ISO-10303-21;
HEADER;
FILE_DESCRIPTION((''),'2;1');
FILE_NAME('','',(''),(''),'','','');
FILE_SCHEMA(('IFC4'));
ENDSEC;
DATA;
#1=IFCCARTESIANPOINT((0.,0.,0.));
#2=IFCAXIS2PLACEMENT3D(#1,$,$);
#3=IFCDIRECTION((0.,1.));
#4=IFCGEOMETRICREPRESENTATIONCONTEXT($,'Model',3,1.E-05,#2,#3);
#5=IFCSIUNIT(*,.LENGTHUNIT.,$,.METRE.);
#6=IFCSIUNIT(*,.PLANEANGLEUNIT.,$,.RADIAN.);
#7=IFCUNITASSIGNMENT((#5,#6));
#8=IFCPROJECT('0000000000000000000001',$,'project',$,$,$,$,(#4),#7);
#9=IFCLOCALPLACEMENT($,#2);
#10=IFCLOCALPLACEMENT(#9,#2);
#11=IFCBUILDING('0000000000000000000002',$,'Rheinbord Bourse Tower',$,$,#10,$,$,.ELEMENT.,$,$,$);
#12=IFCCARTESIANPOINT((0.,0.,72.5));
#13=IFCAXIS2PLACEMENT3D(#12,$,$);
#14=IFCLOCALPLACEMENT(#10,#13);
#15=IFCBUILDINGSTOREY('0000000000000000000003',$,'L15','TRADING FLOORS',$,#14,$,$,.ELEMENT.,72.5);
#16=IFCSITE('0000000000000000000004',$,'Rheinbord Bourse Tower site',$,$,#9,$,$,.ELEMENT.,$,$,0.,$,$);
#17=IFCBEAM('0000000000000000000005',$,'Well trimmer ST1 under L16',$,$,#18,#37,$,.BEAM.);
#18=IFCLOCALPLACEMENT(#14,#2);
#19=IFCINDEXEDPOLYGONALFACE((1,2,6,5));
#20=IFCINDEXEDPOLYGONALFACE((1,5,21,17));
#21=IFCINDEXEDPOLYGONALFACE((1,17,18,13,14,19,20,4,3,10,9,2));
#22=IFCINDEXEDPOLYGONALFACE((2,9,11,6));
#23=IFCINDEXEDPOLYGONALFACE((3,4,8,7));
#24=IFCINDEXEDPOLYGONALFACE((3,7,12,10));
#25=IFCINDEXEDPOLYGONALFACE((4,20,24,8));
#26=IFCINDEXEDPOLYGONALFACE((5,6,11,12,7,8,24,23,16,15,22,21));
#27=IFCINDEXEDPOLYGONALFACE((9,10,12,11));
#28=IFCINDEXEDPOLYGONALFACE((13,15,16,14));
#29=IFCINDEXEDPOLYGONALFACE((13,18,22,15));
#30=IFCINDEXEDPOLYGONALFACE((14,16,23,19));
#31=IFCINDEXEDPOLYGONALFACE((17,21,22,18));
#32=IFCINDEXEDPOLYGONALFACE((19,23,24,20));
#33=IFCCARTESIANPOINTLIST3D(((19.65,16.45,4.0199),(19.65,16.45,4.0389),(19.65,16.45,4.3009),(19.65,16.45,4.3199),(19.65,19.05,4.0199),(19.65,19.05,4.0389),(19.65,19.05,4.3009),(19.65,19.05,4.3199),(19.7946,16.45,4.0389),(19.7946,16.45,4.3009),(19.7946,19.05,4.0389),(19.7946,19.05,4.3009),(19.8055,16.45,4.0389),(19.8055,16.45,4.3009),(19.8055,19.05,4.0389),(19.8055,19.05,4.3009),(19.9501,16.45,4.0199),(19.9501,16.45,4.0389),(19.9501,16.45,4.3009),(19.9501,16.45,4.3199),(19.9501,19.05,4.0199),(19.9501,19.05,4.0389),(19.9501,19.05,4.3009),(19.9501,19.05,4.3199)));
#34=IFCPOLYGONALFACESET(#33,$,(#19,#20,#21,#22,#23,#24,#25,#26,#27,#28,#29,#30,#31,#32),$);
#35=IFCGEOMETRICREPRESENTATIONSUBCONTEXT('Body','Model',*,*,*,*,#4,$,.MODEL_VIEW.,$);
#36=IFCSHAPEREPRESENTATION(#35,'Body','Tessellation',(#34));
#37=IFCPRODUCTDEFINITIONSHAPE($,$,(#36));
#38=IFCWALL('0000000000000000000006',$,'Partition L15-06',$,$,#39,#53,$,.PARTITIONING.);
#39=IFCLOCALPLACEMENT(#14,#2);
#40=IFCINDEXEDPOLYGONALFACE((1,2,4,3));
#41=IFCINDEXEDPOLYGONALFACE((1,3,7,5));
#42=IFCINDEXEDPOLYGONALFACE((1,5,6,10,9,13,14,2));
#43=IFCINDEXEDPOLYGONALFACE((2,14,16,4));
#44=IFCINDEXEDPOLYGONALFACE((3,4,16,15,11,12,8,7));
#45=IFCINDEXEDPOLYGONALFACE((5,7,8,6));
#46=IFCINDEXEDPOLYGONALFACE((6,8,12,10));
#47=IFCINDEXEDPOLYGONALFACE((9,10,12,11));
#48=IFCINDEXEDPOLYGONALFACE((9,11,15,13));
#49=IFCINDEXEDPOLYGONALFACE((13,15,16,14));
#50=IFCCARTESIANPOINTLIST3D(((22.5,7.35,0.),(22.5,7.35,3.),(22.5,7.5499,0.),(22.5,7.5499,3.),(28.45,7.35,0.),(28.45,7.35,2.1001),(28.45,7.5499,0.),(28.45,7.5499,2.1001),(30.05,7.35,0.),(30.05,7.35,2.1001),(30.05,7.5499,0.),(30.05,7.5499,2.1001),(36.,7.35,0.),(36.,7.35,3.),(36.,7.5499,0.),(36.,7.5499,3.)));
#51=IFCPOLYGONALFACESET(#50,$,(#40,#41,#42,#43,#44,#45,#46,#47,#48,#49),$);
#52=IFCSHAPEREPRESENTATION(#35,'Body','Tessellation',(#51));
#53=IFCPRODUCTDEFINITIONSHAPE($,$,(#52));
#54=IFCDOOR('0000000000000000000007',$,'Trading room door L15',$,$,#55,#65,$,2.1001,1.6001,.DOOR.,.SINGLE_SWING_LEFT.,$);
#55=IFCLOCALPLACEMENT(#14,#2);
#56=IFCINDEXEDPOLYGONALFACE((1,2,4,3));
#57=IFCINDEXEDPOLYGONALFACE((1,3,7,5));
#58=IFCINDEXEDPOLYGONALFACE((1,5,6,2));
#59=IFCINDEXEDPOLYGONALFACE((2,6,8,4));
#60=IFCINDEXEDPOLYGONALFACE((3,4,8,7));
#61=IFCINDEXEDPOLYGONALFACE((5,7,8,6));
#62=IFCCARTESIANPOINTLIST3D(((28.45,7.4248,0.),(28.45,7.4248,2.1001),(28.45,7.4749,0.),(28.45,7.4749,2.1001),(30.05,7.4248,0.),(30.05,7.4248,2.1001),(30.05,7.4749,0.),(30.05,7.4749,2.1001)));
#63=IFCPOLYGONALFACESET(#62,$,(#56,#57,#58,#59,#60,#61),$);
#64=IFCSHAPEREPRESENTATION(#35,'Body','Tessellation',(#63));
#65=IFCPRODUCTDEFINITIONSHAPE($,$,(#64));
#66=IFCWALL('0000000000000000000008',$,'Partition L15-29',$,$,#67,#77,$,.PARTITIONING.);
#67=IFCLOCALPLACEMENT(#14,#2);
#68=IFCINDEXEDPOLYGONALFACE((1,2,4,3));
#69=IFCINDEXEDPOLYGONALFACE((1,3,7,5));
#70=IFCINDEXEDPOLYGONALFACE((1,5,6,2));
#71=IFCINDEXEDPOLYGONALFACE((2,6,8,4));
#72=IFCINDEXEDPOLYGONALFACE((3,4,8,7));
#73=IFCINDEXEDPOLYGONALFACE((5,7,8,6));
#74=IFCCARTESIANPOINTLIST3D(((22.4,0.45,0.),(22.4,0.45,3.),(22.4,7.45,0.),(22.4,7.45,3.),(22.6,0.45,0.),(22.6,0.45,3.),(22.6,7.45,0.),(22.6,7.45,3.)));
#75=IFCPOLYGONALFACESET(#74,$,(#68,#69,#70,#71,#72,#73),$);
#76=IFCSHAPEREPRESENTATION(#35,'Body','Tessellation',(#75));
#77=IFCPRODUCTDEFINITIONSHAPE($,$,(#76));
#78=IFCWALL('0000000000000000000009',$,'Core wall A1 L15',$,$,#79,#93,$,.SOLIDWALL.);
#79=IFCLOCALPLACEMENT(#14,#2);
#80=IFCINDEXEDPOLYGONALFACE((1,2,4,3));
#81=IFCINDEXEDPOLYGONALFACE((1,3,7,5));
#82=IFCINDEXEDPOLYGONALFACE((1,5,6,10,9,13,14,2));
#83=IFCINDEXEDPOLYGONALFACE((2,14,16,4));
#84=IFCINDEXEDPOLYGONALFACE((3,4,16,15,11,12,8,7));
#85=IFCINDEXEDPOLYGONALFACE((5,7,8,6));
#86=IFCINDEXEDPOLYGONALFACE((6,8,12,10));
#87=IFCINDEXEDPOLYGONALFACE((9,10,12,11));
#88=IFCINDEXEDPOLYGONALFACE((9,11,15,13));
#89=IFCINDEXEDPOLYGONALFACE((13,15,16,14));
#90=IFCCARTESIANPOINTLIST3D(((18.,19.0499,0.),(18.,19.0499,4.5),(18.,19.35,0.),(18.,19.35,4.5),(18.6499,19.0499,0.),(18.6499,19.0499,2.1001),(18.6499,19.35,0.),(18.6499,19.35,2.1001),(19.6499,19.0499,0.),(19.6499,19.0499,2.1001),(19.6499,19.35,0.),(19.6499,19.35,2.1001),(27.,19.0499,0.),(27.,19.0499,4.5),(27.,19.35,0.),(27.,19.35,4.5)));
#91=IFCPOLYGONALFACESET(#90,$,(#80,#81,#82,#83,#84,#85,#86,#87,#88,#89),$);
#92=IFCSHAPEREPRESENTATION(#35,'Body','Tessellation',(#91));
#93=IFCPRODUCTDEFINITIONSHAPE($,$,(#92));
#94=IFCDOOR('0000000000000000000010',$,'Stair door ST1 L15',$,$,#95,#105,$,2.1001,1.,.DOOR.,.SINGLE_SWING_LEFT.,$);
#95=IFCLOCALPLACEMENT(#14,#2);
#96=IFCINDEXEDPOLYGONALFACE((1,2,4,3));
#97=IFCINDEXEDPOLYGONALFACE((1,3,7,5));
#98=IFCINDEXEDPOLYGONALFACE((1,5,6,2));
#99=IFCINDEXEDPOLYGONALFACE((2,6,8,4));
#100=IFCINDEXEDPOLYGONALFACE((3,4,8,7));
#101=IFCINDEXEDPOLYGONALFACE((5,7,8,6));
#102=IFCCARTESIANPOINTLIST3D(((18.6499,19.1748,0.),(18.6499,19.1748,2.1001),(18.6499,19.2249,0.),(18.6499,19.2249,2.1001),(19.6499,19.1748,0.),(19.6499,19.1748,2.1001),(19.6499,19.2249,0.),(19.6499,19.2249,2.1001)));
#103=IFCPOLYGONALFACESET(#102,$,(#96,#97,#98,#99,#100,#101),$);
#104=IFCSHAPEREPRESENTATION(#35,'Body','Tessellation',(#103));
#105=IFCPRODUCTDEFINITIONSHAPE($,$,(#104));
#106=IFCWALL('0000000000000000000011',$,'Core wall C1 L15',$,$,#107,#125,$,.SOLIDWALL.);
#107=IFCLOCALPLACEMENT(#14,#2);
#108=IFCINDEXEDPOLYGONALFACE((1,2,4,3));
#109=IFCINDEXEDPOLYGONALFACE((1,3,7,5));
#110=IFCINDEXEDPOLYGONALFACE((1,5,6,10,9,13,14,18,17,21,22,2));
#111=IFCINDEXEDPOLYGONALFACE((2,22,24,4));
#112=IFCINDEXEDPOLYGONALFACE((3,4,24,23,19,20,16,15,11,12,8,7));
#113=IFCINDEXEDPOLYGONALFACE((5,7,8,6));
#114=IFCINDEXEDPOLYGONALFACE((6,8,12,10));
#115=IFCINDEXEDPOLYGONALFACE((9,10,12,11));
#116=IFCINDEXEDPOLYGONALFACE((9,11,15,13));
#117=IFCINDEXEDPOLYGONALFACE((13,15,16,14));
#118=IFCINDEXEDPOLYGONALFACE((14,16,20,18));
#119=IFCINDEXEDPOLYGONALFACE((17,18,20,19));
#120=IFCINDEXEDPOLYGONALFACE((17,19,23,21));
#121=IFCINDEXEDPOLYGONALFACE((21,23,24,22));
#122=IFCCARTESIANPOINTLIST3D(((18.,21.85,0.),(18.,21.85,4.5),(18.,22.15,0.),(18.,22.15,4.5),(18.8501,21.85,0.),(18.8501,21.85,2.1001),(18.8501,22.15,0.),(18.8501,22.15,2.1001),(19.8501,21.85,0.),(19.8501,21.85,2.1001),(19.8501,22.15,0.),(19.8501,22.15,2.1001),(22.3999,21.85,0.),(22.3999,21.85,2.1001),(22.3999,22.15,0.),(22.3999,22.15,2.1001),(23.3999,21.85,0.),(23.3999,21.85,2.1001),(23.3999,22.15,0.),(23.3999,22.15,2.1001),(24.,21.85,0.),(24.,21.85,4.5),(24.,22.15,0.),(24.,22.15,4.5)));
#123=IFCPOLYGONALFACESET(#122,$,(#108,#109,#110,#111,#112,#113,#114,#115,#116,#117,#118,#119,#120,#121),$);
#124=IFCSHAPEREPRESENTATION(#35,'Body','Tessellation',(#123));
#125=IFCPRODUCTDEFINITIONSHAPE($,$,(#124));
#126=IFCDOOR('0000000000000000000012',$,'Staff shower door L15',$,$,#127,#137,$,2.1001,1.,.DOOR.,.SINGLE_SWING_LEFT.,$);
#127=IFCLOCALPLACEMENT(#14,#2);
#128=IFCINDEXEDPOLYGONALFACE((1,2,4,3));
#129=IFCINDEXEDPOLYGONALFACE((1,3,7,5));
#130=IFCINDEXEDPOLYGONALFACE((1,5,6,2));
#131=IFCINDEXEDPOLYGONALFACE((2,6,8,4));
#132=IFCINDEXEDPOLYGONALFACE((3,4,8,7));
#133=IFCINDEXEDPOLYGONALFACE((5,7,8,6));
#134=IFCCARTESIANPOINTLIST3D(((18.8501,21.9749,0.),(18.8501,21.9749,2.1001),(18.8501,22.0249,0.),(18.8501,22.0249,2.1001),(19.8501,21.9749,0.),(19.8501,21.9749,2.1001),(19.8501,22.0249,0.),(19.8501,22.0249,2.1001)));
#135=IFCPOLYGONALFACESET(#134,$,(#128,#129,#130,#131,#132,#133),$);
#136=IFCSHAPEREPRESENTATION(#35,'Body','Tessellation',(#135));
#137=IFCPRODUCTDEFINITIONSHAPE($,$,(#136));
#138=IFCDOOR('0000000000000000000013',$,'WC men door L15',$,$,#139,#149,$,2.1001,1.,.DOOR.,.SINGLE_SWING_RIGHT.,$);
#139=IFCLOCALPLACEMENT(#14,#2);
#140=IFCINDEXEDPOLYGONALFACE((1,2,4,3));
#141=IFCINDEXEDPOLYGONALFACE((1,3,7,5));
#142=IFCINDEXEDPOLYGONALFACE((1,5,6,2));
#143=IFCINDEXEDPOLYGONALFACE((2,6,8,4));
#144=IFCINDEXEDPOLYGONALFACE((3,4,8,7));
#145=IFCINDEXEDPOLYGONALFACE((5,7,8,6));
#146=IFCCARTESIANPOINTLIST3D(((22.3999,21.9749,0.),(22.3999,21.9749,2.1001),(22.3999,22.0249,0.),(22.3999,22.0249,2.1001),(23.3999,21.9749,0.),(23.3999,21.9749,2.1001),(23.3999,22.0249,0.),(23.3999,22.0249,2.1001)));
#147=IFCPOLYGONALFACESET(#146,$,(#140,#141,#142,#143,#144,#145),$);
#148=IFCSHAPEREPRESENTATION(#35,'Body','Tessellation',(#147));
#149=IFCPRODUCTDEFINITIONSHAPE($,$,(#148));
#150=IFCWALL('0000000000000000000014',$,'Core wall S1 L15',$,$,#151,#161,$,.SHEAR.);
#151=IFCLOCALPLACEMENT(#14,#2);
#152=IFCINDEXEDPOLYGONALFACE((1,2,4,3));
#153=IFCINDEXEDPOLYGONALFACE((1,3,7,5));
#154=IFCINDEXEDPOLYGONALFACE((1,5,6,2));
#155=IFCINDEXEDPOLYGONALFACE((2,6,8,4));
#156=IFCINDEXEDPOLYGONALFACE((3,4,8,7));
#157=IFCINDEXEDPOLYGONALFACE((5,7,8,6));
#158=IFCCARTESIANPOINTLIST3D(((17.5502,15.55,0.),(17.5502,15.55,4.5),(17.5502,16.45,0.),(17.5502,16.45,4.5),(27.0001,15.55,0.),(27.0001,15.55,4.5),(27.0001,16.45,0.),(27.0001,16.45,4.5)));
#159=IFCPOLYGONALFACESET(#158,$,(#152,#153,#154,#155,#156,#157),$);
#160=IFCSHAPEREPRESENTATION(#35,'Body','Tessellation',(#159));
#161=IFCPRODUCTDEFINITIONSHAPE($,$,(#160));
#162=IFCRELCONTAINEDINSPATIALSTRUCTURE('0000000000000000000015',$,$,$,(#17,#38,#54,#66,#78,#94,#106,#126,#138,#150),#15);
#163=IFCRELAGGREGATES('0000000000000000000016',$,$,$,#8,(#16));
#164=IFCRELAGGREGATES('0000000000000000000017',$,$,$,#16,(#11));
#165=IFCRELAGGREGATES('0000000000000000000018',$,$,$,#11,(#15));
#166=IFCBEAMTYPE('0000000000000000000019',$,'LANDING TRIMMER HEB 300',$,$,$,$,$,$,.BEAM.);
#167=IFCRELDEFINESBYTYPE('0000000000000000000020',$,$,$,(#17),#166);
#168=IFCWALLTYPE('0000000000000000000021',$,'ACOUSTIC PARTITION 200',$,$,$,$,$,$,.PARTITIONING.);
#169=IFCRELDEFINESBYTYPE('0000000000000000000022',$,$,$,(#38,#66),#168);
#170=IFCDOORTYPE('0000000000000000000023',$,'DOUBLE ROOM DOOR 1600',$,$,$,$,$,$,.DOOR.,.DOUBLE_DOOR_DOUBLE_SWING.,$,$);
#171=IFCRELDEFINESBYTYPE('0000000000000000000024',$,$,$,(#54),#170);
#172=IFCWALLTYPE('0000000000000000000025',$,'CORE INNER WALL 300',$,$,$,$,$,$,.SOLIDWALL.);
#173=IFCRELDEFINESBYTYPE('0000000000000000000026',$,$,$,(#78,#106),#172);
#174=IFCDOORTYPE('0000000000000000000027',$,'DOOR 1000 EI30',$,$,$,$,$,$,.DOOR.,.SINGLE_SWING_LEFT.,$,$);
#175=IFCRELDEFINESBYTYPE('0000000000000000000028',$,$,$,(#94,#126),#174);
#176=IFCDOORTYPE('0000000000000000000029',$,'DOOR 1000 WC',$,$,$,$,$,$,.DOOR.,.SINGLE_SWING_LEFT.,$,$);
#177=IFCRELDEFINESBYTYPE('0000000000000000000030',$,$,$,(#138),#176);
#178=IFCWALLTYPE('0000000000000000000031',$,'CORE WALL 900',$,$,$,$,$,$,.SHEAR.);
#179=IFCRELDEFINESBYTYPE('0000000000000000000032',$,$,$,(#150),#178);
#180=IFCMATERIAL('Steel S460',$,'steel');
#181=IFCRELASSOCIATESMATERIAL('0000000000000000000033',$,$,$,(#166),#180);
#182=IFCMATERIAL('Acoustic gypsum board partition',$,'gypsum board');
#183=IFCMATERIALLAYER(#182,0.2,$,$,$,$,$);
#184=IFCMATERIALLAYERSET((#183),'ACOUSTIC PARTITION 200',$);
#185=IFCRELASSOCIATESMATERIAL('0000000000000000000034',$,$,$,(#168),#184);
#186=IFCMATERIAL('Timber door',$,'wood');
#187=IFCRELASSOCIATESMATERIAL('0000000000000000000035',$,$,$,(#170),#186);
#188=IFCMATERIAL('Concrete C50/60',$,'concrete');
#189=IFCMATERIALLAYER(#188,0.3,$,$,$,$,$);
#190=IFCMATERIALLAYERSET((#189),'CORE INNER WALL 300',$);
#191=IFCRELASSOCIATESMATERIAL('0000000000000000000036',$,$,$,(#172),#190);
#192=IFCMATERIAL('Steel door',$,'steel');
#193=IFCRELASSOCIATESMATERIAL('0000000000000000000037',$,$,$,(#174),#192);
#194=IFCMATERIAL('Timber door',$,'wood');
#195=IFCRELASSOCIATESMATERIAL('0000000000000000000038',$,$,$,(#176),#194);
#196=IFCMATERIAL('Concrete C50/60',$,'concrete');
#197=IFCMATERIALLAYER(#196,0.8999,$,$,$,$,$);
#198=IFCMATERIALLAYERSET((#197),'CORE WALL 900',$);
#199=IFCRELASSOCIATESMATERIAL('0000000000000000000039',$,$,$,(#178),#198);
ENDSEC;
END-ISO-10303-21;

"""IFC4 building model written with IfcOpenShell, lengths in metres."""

from ifc_helpers import new_model, si_unit, direction, frame, frame_2d, origin, origin_2d, place, context, subcontext, project, spatial, rectangle, i_section, extrude, material, layer, layer_set, material_profile, profile_set, type_object, element, fill, save


model = new_model("IFC4")

# Units and contexts
model_context = context("Model", 3, precision=1e-05, world=origin(), true_north=direction((0.0, 1.0)))
body_context = subcontext(model_context, "Body", "Model", "MODEL_VIEW")
ifc_project = project(units=[si_unit("LENGTHUNIT", "METRE"), si_unit("PLANEANGLEUNIT", "RADIAN")], contexts=[model_context])

# Site, building, storey
site_placement = place(None, origin())
site = spatial("IfcSite", under=ifc_project, at=site_placement, Name="Rheinbord Bourse Tower site", CompositionType="ELEMENT", RefElevation=0.0)
building_placement = place(site_placement, origin())
building = spatial("IfcBuilding", under=site, at=building_placement, Name="Rheinbord Bourse Tower", CompositionType="ELEMENT")
storey_placement = place(building_placement, frame((0.0, 0.0, 72.5)))
storey = spatial("IfcBuildingStorey", under=building, at=storey_placement, Name="L15", Description="TRADING FLOORS", CompositionType="ELEMENT", Elevation=72.5)

# Beam
ifc_material_1 = material(Name="Steel S460", Category="steel")
ifc_material_profile = material_profile(ifc_material_1, i_section(OverallWidth=0.3, OverallDepth=0.3, WebThickness=0.011, FlangeThickness=0.019, at=origin_2d()), Name="HEB 300")
ifc_profile_set = profile_set([ifc_material_profile], Name="Steel S460")
beam_type = type_object("IfcBeamType", Name="LANDING TRIMMER HEB 300", PredefinedType="BEAM", material=ifc_profile_set)
beam_placement = place(storey_placement, frame((19.8, 16.45, 4.1699), z_axis=(0.0, 1.0, 0.0), x_axis=(-1.0, 0.0, 0.0)))
element("IfcBeam", 1, at=beam_placement, inside=storey, type_object=beam_type, Name="Well trimmer ST1 under L16", PredefinedType="BEAM", context=body_context, shape_type="SweptSolid", body=[
    extrude(i_section(OverallWidth=0.3, OverallDepth=0.3, WebThickness=0.011, FlangeThickness=0.019, at=origin_2d()), origin(), (0.0, 0.0, 1.0), 2.6001),
])

# Wall, opening, door
ifc_material_2 = material(Name="Acoustic gypsum board partition", Category="gypsum board")
ifc_layer_1 = layer(ifc_material_2, 0.2)
ifc_layer_set_1 = layer_set([ifc_layer_1], Name="ACOUSTIC PARTITION 200")
wall_type_1 = type_object("IfcWallType", Name="ACOUSTIC PARTITION 200", PredefinedType="PARTITIONING", material=ifc_layer_set_1)
wall_1_placement = place(storey_placement, frame((22.5, 7.45, 0.0), z_axis=(0.0, 0.0, 1.0), x_axis=(1.0, 0.0, 0.0)))
wall_1 = element("IfcWall", 2, at=wall_1_placement, inside=storey, type_object=wall_type_1, Name="Partition L15-06", PredefinedType="PARTITIONING", context=body_context, shape_type="SweptSolid", body=[
    extrude(rectangle(XDim=13.5, YDim=0.2, at=frame_2d((6.75, 0.0))), origin(), (0.0, 0.0, 1.0), 3.0),
])
opening_1_placement = place(wall_1_placement, frame((5.95, 0.0, 0.0)))
opening_1 = element("IfcOpeningElement", 3, at=opening_1_placement, cuts=wall_1, PredefinedType="OPENING", context=body_context, shape_type="SweptSolid", body=[
    extrude(rectangle(XDim=1.6001, YDim=2.1001, at=frame_2d((0.8, 1.05))), frame((0.0, 0.1099, 0.0), z_axis=(0.0, -1.0, 0.0), x_axis=(1.0, 0.0, 0.0)), (0.0, 0.0, 1.0), 0.22),
])
ifc_material_3 = material(Name="Timber door", Category="wood")
door_type_1 = type_object("IfcDoorType", Name="DOUBLE ROOM DOOR 1600", OperationType="DOUBLE_DOOR_DOUBLE_SWING", PredefinedType="DOOR", material=ifc_material_3)
door_1_placement = place(opening_1_placement, origin())
door_1 = element("IfcDoor", 4, at=door_1_placement, inside=storey, type_object=door_type_1, Name="Trading room door L15", OperationType="SINGLE_SWING_LEFT", OverallHeight=2.1001, OverallWidth=1.6001, PredefinedType="DOOR", context=body_context, shape_type="SweptSolid", body=[
    extrude(rectangle(XDim=1.6001, YDim=2.1001, at=frame_2d((0.8, 1.05))), frame((0.0, 0.0249, 0.0), z_axis=(0.0, -1.0, 0.0), x_axis=(1.0, 0.0, 0.0)), (0.0, 0.0, 1.0), 0.05),
])
fill(opening_1, door_1)

# Wall
wall_2_placement = place(storey_placement, frame((22.5, 0.45, 0.0), z_axis=(0.0, 0.0, 1.0), x_axis=(0.0, 1.0, 0.0)))
element("IfcWall", 5, at=wall_2_placement, inside=storey, type_object=wall_type_1, Name="Partition L15-29", PredefinedType="PARTITIONING", context=body_context, shape_type="SweptSolid", body=[
    extrude(rectangle(XDim=7.0, YDim=0.2, at=frame_2d((3.5, 0.0))), origin(), (0.0, 0.0, 1.0), 3.0),
])

# Wall, opening, door
ifc_material_4 = material(Name="Concrete C50/60", Category="concrete")
ifc_layer_2 = layer(ifc_material_4, 0.3)
ifc_layer_set_2 = layer_set([ifc_layer_2], Name="CORE INNER WALL 300")
wall_type_2 = type_object("IfcWallType", Name="CORE INNER WALL 300", PredefinedType="SOLIDWALL", material=ifc_layer_set_2)
wall_3_placement = place(storey_placement, frame((18.0, 19.2, 0.0), z_axis=(0.0, 0.0, 1.0), x_axis=(1.0, 0.0, 0.0)))
wall_3 = element("IfcWall", 6, at=wall_3_placement, inside=storey, type_object=wall_type_2, Name="Core wall A1 L15", PredefinedType="SOLIDWALL", context=body_context, shape_type="SweptSolid", body=[
    extrude(rectangle(XDim=9.0, YDim=0.3, at=frame_2d((4.5, 0.0))), origin(), (0.0, 0.0, 1.0), 4.5),
])
opening_2_placement = place(wall_3_placement, frame((0.6499, 0.0, 0.0)))
opening_2 = element("IfcOpeningElement", 7, at=opening_2_placement, cuts=wall_3, PredefinedType="OPENING", context=body_context, shape_type="SweptSolid", body=[
    extrude(rectangle(XDim=1.0, YDim=2.1001, at=frame_2d((0.5, 1.05))), frame((0.0, 0.1599, 0.0), z_axis=(0.0, -1.0, 0.0), x_axis=(1.0, 0.0, 0.0)), (0.0, 0.0, 1.0), 0.3201),
])
ifc_material_5 = material(Name="Steel door", Category="steel")
door_type_2 = type_object("IfcDoorType", Name="DOOR 1000 EI30", OperationType="SINGLE_SWING_LEFT", PredefinedType="DOOR", material=ifc_material_5)
door_2_placement = place(opening_2_placement, origin())
door_2 = element("IfcDoor", 8, at=door_2_placement, inside=storey, type_object=door_type_2, Name="Stair door ST1 L15", OperationType="SINGLE_SWING_LEFT", OverallHeight=2.1001, OverallWidth=1.0, PredefinedType="DOOR", context=body_context, shape_type="SweptSolid", body=[
    extrude(rectangle(XDim=1.0, YDim=2.1001, at=frame_2d((0.5, 1.05))), frame((0.0, 0.0249, 0.0), z_axis=(0.0, -1.0, 0.0), x_axis=(1.0, 0.0, 0.0)), (0.0, 0.0, 1.0), 0.05),
])
fill(opening_2, door_2)

# Wall, openings, doors
wall_4_placement = place(storey_placement, frame((18.0, 22.0, 0.0), z_axis=(0.0, 0.0, 1.0), x_axis=(1.0, 0.0, 0.0)))
wall_4 = element("IfcWall", 9, at=wall_4_placement, inside=storey, type_object=wall_type_2, Name="Core wall C1 L15", PredefinedType="SOLIDWALL", context=body_context, shape_type="SweptSolid", body=[
    extrude(rectangle(XDim=6.0, YDim=0.3, at=frame_2d((3.0, 0.0))), origin(), (0.0, 0.0, 1.0), 4.5),
])
opening_3_placement = place(wall_4_placement, frame((4.3999, 0.0, 0.0)))
opening_3 = element("IfcOpeningElement", 10, at=opening_3_placement, cuts=wall_4, PredefinedType="OPENING", context=body_context, shape_type="SweptSolid", body=[
    extrude(rectangle(XDim=1.0, YDim=2.1001, at=frame_2d((0.5, 1.05))), frame((0.0, 0.1599, 0.0), z_axis=(0.0, -1.0, 0.0), x_axis=(1.0, 0.0, 0.0)), (0.0, 0.0, 1.0), 0.3201),
])
opening_4_placement = place(wall_4_placement, frame((0.8501, 0.0, 0.0)))
opening_4 = element("IfcOpeningElement", 11, at=opening_4_placement, cuts=wall_4, PredefinedType="OPENING", context=body_context, shape_type="SweptSolid", body=[
    extrude(rectangle(XDim=1.0, YDim=2.1001, at=frame_2d((0.5, 1.05))), frame((0.0, 0.1599, 0.0), z_axis=(0.0, -1.0, 0.0), x_axis=(1.0, 0.0, 0.0)), (0.0, 0.0, 1.0), 0.3201),
])
door_3_placement = place(opening_4_placement, origin())
door_3 = element("IfcDoor", 12, at=door_3_placement, inside=storey, type_object=door_type_2, Name="Staff shower door L15", OperationType="SINGLE_SWING_LEFT", OverallHeight=2.1001, OverallWidth=1.0, PredefinedType="DOOR", context=body_context, shape_type="SweptSolid", body=[
    extrude(rectangle(XDim=1.0, YDim=2.1001, at=frame_2d((0.5, 1.05))), frame((0.0, 0.0249, 0.0), z_axis=(0.0, -1.0, 0.0), x_axis=(1.0, 0.0, 0.0)), (0.0, 0.0, 1.0), 0.05),
])
fill(opening_4, door_3)
ifc_material_6 = material(Name="Timber door", Category="wood")
door_type_3 = type_object("IfcDoorType", Name="DOOR 1000 WC", OperationType="SINGLE_SWING_LEFT", PredefinedType="DOOR", material=ifc_material_6)
door_4_placement = place(opening_3_placement, origin())
door_4 = element("IfcDoor", 13, at=door_4_placement, inside=storey, type_object=door_type_3, Name="WC men door L15", OperationType="SINGLE_SWING_RIGHT", OverallHeight=2.1001, OverallWidth=1.0, PredefinedType="DOOR", context=body_context, shape_type="SweptSolid", body=[
    extrude(rectangle(XDim=1.0, YDim=2.1001, at=frame_2d((0.5, 1.05))), frame((0.0, 0.0249, 0.0), z_axis=(0.0, -1.0, 0.0), x_axis=(1.0, 0.0, 0.0)), (0.0, 0.0, 1.0), 0.05),
])
fill(opening_3, door_4)

# Wall
ifc_material_7 = material(Name="Concrete C50/60", Category="concrete")
ifc_layer_3 = layer(ifc_material_7, 0.8999)
ifc_layer_set_3 = layer_set([ifc_layer_3], Name="CORE WALL 900")
wall_type_3 = type_object("IfcWallType", Name="CORE WALL 900", PredefinedType="SHEAR", material=ifc_layer_set_3)
wall_5_placement = place(storey_placement, frame((17.55, 16.0, 0.0), z_axis=(0.0, 0.0, 1.0), x_axis=(1.0, 0.0, 0.0)))
element("IfcWall", 14, at=wall_5_placement, inside=storey, type_object=wall_type_3, Name="Core wall S1 L15", PredefinedType="SHEAR", context=body_context, shape_type="SweptSolid", body=[
    extrude(rectangle(XDim=9.45, YDim=0.8999, at=frame_2d((4.7251, 0.0))), origin(), (0.0, 0.0, 1.0), 4.5),
])

save(model, "model.ifc")
